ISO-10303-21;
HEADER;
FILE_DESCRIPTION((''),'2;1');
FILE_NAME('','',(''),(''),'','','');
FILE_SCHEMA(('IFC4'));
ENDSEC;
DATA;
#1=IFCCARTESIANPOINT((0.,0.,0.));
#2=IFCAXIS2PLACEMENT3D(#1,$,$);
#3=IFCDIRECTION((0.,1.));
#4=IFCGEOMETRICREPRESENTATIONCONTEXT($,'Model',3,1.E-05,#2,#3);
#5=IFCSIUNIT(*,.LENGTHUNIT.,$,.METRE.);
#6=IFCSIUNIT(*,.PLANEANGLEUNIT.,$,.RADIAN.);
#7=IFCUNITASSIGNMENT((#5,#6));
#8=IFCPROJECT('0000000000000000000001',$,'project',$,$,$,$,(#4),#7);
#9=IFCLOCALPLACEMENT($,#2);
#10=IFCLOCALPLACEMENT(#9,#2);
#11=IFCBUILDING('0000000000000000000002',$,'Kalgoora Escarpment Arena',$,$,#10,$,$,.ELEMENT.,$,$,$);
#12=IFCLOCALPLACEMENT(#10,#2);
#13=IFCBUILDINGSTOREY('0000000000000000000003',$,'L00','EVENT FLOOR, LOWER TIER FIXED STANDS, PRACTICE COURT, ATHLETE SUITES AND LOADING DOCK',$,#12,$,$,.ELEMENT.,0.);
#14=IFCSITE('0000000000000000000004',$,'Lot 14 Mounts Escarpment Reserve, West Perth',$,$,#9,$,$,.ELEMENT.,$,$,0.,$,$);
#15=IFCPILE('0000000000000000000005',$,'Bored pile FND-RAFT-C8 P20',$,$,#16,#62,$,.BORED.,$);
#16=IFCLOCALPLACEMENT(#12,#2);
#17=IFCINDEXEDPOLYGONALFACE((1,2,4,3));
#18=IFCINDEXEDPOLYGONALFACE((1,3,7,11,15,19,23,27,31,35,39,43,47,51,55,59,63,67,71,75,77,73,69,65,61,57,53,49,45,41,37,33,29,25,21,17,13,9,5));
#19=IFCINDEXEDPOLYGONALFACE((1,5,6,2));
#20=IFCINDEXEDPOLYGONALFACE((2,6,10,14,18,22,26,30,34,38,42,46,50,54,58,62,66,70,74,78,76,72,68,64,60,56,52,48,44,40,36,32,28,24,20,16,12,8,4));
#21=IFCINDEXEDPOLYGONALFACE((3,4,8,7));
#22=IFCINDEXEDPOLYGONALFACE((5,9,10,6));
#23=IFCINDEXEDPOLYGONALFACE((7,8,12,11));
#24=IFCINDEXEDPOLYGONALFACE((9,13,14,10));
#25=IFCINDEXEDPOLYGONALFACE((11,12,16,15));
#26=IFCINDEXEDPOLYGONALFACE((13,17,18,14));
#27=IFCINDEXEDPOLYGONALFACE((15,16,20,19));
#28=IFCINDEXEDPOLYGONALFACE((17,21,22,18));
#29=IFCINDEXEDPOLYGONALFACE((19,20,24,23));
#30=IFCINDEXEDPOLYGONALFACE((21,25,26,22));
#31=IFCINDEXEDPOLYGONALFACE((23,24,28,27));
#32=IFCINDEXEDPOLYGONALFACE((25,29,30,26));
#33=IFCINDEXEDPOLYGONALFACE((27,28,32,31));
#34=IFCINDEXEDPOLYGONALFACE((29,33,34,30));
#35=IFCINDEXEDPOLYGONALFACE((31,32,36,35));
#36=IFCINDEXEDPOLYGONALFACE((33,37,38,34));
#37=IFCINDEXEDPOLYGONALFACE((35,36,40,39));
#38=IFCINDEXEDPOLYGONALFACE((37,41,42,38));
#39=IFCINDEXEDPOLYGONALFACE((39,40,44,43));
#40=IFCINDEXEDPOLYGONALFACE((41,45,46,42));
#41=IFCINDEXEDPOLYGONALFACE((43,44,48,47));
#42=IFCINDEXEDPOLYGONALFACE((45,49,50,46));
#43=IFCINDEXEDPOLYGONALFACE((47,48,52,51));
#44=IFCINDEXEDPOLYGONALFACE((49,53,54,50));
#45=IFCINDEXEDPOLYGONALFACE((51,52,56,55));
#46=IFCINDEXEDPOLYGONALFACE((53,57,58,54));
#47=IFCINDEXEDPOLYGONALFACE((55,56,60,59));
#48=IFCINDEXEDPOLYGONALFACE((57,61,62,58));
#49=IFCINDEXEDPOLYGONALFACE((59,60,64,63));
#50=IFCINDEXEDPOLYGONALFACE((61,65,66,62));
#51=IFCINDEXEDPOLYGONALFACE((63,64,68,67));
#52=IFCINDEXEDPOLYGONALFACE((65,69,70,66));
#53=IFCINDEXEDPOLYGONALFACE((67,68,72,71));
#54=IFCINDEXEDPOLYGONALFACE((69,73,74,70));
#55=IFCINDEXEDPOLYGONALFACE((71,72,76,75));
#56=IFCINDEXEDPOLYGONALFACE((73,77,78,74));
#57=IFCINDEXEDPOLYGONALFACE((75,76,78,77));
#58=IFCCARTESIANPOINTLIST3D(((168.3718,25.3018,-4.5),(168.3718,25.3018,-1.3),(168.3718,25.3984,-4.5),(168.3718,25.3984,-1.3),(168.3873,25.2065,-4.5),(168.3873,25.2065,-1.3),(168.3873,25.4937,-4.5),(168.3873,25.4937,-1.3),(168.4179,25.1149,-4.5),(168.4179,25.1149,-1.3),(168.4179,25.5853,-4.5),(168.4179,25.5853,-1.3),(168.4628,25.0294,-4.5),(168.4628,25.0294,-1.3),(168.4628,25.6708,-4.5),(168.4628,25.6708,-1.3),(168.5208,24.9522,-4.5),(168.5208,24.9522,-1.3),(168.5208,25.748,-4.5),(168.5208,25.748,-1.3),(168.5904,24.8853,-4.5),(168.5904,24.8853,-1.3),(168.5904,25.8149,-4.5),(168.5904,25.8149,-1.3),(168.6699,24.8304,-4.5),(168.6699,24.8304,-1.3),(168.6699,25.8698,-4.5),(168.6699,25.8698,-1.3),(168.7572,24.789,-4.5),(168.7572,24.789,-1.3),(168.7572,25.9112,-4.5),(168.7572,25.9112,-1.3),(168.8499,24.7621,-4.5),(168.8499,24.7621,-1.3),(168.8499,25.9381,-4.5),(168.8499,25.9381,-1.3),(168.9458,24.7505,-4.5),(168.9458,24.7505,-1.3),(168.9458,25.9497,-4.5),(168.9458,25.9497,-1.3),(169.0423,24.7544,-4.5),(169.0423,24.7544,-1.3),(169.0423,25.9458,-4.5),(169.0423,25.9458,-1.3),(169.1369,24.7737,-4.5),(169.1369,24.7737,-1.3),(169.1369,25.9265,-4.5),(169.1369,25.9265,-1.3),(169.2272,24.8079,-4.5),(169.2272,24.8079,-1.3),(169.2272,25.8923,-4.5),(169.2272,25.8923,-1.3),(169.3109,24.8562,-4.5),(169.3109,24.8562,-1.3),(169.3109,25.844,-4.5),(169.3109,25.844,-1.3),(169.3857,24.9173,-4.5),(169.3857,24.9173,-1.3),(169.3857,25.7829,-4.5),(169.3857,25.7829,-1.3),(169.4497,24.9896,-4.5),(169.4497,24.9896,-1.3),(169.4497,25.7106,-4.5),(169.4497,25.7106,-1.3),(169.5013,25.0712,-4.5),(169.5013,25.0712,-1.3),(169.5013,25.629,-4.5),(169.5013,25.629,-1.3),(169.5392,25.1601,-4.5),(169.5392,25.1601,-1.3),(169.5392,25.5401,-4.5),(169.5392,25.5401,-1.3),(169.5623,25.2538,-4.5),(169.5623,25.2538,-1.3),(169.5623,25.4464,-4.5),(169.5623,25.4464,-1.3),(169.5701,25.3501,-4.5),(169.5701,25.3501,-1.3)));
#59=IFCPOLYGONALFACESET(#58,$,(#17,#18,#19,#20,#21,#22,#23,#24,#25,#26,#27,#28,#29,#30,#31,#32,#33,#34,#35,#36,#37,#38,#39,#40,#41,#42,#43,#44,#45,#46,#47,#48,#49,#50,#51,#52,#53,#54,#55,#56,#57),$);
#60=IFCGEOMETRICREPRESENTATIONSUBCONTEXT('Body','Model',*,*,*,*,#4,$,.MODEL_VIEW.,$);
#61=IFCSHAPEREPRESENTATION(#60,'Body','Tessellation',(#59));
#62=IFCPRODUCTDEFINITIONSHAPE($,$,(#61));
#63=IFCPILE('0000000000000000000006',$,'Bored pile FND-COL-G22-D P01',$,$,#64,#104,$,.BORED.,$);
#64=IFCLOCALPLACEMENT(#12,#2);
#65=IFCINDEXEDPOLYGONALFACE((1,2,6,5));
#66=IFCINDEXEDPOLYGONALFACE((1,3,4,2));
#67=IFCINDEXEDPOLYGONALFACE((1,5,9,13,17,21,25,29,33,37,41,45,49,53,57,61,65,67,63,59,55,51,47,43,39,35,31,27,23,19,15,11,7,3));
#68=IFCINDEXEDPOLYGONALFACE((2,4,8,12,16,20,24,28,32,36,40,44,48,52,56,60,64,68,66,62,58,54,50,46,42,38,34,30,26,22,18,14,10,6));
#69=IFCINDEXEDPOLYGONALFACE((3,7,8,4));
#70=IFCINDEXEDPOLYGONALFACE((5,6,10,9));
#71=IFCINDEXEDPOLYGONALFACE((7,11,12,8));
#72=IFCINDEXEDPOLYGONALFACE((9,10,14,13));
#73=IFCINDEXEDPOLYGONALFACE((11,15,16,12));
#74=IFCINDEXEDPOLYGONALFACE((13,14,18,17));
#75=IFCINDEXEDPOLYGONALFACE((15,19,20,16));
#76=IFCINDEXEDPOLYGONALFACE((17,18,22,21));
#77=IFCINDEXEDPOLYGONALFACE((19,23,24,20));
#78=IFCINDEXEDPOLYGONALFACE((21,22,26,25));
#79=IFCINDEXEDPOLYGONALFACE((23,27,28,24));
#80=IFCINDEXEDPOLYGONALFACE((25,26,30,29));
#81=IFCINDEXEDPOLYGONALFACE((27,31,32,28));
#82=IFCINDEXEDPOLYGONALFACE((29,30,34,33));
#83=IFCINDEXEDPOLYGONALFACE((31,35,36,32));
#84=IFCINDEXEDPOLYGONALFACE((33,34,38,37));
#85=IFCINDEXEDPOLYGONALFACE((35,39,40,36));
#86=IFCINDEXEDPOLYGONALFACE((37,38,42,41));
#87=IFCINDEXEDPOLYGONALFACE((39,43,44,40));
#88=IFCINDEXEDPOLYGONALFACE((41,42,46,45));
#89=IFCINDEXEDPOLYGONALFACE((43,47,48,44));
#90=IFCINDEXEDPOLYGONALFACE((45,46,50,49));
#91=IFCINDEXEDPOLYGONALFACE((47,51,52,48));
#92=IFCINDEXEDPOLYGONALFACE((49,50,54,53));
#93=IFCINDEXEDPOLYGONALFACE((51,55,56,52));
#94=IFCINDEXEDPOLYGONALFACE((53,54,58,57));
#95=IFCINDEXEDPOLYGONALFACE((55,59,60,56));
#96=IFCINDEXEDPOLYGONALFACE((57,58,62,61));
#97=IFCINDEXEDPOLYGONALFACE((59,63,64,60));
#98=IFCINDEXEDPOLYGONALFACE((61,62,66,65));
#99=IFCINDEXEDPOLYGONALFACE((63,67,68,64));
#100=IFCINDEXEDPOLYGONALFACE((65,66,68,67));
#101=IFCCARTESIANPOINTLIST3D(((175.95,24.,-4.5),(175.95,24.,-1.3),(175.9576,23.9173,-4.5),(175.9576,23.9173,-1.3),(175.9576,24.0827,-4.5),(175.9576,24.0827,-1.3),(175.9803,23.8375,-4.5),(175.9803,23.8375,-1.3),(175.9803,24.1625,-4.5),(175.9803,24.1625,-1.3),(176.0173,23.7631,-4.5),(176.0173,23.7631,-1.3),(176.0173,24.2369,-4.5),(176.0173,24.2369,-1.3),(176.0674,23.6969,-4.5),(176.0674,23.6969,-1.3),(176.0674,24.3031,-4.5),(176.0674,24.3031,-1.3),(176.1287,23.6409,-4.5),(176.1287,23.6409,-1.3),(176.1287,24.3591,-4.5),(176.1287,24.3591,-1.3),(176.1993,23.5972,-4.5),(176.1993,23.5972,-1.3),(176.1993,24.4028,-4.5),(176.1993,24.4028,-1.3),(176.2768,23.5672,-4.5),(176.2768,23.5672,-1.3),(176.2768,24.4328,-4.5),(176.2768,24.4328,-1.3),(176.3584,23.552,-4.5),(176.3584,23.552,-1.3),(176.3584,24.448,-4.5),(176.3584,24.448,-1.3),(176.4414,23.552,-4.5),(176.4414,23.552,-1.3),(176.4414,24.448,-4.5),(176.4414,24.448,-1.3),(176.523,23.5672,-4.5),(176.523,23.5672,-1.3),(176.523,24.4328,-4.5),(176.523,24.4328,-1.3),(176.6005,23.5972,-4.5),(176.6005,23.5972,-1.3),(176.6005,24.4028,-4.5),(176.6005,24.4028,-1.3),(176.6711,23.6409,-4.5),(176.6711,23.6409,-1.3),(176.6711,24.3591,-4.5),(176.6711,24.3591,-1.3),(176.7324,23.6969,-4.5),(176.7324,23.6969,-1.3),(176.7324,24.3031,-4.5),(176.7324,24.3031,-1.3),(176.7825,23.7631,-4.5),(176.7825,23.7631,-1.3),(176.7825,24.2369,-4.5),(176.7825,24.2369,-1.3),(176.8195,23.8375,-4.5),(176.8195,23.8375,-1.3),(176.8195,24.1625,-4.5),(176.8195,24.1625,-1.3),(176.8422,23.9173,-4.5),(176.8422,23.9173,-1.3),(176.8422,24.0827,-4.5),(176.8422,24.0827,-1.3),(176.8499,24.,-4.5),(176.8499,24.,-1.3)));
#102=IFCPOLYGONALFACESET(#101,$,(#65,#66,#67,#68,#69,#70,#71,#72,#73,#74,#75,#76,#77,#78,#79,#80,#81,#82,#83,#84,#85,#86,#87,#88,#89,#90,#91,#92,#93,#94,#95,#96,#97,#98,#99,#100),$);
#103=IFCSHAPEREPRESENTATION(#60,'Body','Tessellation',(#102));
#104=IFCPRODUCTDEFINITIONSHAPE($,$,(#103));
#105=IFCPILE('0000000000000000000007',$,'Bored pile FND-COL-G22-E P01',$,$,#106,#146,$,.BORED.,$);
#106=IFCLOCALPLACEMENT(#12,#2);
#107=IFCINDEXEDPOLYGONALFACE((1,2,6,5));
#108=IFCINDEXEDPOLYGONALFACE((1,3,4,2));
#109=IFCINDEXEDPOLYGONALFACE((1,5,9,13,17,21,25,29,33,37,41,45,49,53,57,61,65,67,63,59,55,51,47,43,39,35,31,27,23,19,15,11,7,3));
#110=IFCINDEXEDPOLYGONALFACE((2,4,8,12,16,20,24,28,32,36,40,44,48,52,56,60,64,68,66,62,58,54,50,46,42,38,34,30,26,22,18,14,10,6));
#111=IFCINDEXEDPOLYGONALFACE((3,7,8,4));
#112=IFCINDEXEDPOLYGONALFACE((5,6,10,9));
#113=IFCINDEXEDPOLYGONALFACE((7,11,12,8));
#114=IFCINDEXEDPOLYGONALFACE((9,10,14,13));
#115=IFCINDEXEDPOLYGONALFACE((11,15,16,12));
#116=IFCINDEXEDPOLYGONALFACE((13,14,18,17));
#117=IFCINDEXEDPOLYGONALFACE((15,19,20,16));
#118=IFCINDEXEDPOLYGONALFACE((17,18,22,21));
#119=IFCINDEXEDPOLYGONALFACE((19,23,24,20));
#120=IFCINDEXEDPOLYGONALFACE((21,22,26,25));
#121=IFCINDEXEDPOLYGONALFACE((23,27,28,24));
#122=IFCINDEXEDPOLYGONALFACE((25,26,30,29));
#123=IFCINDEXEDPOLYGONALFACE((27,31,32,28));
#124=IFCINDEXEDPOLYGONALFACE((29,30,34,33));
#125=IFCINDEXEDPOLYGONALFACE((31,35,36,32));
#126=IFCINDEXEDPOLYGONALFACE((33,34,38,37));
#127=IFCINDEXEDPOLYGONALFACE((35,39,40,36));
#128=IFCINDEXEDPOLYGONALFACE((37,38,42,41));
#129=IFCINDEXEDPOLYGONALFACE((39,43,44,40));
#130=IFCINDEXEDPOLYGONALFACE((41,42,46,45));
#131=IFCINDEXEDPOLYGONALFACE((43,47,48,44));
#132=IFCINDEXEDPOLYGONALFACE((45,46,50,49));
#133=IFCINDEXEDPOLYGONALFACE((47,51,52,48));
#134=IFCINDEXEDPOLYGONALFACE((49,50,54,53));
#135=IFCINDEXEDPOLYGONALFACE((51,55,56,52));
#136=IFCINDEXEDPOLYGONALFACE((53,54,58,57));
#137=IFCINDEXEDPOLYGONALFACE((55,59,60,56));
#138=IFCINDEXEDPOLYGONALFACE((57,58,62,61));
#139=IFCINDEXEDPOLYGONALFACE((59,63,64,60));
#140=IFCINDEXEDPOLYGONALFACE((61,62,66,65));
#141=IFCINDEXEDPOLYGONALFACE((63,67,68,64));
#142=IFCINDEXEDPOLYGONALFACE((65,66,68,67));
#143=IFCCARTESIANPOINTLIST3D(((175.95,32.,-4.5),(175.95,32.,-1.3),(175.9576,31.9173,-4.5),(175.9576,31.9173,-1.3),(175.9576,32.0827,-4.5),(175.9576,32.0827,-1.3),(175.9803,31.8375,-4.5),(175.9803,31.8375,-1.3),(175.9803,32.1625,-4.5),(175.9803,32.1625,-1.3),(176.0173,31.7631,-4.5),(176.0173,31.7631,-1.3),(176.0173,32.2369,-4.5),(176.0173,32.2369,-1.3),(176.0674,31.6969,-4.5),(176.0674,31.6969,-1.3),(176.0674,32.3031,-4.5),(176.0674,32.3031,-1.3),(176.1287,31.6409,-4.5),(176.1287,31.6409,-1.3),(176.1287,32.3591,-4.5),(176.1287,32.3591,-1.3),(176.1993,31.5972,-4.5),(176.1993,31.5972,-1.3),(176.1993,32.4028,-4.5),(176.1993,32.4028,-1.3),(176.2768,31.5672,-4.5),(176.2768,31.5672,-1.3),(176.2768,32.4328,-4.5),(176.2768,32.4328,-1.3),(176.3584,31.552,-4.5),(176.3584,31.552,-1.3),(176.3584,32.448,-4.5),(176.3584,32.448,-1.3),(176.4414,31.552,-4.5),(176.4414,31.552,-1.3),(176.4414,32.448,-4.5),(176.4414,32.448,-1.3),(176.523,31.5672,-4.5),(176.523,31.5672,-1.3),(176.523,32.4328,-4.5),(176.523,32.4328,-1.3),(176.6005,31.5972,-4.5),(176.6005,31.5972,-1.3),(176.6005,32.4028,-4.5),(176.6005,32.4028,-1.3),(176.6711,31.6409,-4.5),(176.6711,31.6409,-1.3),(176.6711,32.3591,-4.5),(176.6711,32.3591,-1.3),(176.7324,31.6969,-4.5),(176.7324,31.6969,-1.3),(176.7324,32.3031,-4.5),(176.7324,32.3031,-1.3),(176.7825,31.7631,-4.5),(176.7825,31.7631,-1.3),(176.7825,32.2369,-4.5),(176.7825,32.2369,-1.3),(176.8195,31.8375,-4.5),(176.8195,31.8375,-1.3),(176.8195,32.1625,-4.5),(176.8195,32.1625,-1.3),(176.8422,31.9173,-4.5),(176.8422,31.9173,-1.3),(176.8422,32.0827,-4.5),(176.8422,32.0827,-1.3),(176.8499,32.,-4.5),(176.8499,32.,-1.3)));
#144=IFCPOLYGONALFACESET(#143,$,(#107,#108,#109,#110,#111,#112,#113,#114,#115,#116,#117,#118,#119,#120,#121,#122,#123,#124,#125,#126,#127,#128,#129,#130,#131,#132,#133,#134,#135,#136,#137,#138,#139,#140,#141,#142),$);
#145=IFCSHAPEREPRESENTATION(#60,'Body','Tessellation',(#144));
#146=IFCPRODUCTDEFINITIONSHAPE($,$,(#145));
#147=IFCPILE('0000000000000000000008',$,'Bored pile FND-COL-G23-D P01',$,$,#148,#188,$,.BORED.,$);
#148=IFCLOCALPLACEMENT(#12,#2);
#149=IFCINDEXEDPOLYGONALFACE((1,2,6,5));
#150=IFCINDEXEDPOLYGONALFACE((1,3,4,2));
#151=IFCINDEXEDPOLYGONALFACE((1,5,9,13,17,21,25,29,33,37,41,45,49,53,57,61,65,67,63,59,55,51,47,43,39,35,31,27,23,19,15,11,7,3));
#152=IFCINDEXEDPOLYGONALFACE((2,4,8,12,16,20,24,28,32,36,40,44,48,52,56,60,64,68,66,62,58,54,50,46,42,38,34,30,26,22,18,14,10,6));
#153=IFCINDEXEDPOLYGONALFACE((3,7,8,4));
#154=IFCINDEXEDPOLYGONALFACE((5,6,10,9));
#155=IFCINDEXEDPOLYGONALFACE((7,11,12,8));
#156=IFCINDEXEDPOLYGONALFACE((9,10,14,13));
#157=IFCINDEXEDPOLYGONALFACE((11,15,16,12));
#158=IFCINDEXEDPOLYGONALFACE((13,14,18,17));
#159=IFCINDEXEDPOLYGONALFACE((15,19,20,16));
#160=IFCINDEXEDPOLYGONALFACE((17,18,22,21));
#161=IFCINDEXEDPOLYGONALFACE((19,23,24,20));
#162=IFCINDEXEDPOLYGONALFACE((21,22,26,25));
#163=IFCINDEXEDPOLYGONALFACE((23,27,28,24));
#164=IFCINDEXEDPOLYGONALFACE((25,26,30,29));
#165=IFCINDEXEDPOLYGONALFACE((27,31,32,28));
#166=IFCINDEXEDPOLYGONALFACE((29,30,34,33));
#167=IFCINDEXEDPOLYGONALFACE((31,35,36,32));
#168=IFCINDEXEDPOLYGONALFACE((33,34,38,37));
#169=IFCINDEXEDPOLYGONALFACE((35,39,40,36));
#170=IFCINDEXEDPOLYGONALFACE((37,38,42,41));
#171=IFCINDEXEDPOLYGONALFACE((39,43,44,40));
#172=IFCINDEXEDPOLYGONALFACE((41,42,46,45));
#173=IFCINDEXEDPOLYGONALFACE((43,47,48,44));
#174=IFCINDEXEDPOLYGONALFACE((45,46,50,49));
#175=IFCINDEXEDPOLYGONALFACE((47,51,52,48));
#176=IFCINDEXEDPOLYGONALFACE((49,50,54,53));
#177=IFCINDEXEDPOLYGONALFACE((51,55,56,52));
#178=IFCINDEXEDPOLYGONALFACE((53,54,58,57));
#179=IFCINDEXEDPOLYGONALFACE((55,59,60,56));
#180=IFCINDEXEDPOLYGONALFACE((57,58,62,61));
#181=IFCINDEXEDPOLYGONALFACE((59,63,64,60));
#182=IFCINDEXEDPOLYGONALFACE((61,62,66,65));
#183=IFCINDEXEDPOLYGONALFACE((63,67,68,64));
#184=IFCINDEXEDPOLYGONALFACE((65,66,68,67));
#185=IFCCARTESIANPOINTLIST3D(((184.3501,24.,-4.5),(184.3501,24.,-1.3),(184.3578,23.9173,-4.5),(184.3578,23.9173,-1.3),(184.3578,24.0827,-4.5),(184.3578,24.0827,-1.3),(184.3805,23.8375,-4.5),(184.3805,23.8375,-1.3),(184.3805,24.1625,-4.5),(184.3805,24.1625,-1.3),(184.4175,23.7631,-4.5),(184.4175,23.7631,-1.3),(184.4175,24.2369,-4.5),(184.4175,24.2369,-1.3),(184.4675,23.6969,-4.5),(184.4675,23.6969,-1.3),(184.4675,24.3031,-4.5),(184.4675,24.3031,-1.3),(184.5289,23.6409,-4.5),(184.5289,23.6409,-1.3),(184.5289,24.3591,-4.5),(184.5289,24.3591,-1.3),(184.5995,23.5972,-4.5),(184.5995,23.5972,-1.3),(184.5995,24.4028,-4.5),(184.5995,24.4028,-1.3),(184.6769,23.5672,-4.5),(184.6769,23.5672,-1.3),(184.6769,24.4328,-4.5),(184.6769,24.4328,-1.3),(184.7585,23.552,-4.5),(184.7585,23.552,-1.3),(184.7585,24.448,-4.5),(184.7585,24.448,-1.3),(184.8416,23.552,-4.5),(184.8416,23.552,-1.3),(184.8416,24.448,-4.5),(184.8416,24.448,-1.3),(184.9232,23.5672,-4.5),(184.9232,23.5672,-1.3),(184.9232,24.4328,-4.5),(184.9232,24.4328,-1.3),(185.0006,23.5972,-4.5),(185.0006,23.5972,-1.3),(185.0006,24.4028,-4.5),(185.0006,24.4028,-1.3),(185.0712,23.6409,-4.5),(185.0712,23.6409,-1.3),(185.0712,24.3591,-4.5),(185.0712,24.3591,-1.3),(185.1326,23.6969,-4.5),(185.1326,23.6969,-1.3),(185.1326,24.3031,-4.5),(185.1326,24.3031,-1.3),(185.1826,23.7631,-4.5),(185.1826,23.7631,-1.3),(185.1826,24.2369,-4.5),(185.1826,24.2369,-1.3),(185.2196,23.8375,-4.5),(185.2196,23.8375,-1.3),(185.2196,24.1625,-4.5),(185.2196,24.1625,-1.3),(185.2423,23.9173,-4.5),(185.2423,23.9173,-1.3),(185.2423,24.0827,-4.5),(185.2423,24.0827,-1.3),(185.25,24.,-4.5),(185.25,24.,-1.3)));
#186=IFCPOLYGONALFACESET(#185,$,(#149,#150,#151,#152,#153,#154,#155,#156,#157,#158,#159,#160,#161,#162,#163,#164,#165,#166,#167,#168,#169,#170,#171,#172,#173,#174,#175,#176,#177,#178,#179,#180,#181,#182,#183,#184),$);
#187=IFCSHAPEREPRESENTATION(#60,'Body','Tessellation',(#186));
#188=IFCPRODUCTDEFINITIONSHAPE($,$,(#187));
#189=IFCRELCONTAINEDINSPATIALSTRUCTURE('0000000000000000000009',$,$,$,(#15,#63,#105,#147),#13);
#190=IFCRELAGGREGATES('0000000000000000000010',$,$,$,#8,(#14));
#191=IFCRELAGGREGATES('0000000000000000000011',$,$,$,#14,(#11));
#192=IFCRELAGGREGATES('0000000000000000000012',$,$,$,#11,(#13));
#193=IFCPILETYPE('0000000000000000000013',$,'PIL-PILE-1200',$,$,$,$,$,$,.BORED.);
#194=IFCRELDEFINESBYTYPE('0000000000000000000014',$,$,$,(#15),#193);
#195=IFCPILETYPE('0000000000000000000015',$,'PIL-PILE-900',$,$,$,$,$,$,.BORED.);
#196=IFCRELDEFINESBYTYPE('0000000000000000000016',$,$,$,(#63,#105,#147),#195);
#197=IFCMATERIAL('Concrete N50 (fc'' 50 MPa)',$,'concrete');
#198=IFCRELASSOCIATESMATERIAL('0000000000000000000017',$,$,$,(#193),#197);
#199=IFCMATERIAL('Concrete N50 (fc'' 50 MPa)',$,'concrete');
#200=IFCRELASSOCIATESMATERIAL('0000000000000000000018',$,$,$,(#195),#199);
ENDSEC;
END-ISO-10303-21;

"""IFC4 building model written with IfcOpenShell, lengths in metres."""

from ifc_helpers import new_model, si_unit, direction, frame, origin, origin_2d, place, context, subcontext, project, spatial, circle, extrude, material, material_profile, profile_set, type_object, element, save


model = new_model("IFC4")

# Units and contexts
model_context = context("Model", 3, precision=1e-05, world=origin(), true_north=direction((0.0, 1.0)))
body_context = subcontext(model_context, "Body", "Model", "MODEL_VIEW")
ifc_project = project(units=[si_unit("LENGTHUNIT", "METRE"), si_unit("PLANEANGLEUNIT", "RADIAN")], contexts=[model_context])

# Site, building, storey
site_placement = place(None, origin())
site = spatial("IfcSite", under=ifc_project, at=site_placement, Name="Lot 14 Mounts Escarpment Reserve, West Perth", CompositionType="ELEMENT", RefElevation=0.0)
building_placement = place(site_placement, origin())
building = spatial("IfcBuilding", under=site, at=building_placement, Name="Kalgoora Escarpment Arena", CompositionType="ELEMENT")
storey_placement = place(building_placement, origin())
storey = spatial("IfcBuildingStorey", under=building, at=storey_placement, Name="L00", Description="EVENT FLOOR, LOWER TIER FIXED STANDS, PRACTICE COURT, ATHLETE SUITES AND LOADING DOCK", CompositionType="ELEMENT", Elevation=0.0)

# Piles
ifc_material_1 = material(Name="Concrete N50 (fc' 50 MPa)", Category="concrete")
ifc_material_profile_1 = material_profile(ifc_material_1, circle(Radius=0.6001, at=origin_2d()))
ifc_profile_set_1 = profile_set([ifc_material_profile_1], Name="Concrete N50 (fc' 50 MPa)")
pile_type_1 = type_object("IfcPileType", Name="PIL-PILE-1200", PredefinedType="BORED", material=ifc_profile_set_1)
pile_placement = place(storey_placement, frame((168.97, 25.3501, -1.3), z_axis=(0.0, 0.0, -1.0), x_axis=(1.0, 0.0, 0.0)))
element("IfcPile", 1, at=pile_placement, inside=storey, type_object=pile_type_1, Name="Bored pile FND-RAFT-C8 P20", PredefinedType="BORED", context=body_context, shape_type="SweptSolid", body=[
    extrude(circle(Radius=0.6001, at=origin_2d()), origin(), (0.0, 0.0, 1.0), 3.2),
])
ifc_material_2 = material(Name="Concrete N50 (fc' 50 MPa)", Category="concrete")
ifc_material_profile_2 = material_profile(ifc_material_2, circle(Radius=0.45, at=origin_2d()))
ifc_profile_set_2 = profile_set([ifc_material_profile_2], Name="Concrete N50 (fc' 50 MPa)")
pile_type_2 = type_object("IfcPileType", Name="PIL-PILE-900", PredefinedType="BORED", material=ifc_profile_set_2)
for number, where, z_axis, x_axis, name in (
    (2, (176.3999, 24.0, -1.3), (0.0, 0.0, -1.0), (1.0, 0.0, 0.0), "Bored pile FND-COL-G22-D P01"),
    (3, (176.3999, 32.0, -1.3), (0.0, 0.0, -1.0), (1.0, 0.0, 0.0), "Bored pile FND-COL-G22-E P01"),
    (4, (184.8, 24.0, -1.3), (0.0, 0.0, -1.0), (1.0, 0.0, 0.0), "Bored pile FND-COL-G23-D P01"),
):
    element("IfcPile", number, at=place(storey_placement, frame(where, z_axis=z_axis, x_axis=x_axis)), inside=storey, type_object=pile_type_2, Name=name, PredefinedType="BORED", context=body_context, shape_type="SweptSolid", body=[
        extrude(circle(Radius=0.45, at=origin_2d()), origin(), (0.0, 0.0, 1.0), 3.2),
    ])

save(model, "model.ifc")
